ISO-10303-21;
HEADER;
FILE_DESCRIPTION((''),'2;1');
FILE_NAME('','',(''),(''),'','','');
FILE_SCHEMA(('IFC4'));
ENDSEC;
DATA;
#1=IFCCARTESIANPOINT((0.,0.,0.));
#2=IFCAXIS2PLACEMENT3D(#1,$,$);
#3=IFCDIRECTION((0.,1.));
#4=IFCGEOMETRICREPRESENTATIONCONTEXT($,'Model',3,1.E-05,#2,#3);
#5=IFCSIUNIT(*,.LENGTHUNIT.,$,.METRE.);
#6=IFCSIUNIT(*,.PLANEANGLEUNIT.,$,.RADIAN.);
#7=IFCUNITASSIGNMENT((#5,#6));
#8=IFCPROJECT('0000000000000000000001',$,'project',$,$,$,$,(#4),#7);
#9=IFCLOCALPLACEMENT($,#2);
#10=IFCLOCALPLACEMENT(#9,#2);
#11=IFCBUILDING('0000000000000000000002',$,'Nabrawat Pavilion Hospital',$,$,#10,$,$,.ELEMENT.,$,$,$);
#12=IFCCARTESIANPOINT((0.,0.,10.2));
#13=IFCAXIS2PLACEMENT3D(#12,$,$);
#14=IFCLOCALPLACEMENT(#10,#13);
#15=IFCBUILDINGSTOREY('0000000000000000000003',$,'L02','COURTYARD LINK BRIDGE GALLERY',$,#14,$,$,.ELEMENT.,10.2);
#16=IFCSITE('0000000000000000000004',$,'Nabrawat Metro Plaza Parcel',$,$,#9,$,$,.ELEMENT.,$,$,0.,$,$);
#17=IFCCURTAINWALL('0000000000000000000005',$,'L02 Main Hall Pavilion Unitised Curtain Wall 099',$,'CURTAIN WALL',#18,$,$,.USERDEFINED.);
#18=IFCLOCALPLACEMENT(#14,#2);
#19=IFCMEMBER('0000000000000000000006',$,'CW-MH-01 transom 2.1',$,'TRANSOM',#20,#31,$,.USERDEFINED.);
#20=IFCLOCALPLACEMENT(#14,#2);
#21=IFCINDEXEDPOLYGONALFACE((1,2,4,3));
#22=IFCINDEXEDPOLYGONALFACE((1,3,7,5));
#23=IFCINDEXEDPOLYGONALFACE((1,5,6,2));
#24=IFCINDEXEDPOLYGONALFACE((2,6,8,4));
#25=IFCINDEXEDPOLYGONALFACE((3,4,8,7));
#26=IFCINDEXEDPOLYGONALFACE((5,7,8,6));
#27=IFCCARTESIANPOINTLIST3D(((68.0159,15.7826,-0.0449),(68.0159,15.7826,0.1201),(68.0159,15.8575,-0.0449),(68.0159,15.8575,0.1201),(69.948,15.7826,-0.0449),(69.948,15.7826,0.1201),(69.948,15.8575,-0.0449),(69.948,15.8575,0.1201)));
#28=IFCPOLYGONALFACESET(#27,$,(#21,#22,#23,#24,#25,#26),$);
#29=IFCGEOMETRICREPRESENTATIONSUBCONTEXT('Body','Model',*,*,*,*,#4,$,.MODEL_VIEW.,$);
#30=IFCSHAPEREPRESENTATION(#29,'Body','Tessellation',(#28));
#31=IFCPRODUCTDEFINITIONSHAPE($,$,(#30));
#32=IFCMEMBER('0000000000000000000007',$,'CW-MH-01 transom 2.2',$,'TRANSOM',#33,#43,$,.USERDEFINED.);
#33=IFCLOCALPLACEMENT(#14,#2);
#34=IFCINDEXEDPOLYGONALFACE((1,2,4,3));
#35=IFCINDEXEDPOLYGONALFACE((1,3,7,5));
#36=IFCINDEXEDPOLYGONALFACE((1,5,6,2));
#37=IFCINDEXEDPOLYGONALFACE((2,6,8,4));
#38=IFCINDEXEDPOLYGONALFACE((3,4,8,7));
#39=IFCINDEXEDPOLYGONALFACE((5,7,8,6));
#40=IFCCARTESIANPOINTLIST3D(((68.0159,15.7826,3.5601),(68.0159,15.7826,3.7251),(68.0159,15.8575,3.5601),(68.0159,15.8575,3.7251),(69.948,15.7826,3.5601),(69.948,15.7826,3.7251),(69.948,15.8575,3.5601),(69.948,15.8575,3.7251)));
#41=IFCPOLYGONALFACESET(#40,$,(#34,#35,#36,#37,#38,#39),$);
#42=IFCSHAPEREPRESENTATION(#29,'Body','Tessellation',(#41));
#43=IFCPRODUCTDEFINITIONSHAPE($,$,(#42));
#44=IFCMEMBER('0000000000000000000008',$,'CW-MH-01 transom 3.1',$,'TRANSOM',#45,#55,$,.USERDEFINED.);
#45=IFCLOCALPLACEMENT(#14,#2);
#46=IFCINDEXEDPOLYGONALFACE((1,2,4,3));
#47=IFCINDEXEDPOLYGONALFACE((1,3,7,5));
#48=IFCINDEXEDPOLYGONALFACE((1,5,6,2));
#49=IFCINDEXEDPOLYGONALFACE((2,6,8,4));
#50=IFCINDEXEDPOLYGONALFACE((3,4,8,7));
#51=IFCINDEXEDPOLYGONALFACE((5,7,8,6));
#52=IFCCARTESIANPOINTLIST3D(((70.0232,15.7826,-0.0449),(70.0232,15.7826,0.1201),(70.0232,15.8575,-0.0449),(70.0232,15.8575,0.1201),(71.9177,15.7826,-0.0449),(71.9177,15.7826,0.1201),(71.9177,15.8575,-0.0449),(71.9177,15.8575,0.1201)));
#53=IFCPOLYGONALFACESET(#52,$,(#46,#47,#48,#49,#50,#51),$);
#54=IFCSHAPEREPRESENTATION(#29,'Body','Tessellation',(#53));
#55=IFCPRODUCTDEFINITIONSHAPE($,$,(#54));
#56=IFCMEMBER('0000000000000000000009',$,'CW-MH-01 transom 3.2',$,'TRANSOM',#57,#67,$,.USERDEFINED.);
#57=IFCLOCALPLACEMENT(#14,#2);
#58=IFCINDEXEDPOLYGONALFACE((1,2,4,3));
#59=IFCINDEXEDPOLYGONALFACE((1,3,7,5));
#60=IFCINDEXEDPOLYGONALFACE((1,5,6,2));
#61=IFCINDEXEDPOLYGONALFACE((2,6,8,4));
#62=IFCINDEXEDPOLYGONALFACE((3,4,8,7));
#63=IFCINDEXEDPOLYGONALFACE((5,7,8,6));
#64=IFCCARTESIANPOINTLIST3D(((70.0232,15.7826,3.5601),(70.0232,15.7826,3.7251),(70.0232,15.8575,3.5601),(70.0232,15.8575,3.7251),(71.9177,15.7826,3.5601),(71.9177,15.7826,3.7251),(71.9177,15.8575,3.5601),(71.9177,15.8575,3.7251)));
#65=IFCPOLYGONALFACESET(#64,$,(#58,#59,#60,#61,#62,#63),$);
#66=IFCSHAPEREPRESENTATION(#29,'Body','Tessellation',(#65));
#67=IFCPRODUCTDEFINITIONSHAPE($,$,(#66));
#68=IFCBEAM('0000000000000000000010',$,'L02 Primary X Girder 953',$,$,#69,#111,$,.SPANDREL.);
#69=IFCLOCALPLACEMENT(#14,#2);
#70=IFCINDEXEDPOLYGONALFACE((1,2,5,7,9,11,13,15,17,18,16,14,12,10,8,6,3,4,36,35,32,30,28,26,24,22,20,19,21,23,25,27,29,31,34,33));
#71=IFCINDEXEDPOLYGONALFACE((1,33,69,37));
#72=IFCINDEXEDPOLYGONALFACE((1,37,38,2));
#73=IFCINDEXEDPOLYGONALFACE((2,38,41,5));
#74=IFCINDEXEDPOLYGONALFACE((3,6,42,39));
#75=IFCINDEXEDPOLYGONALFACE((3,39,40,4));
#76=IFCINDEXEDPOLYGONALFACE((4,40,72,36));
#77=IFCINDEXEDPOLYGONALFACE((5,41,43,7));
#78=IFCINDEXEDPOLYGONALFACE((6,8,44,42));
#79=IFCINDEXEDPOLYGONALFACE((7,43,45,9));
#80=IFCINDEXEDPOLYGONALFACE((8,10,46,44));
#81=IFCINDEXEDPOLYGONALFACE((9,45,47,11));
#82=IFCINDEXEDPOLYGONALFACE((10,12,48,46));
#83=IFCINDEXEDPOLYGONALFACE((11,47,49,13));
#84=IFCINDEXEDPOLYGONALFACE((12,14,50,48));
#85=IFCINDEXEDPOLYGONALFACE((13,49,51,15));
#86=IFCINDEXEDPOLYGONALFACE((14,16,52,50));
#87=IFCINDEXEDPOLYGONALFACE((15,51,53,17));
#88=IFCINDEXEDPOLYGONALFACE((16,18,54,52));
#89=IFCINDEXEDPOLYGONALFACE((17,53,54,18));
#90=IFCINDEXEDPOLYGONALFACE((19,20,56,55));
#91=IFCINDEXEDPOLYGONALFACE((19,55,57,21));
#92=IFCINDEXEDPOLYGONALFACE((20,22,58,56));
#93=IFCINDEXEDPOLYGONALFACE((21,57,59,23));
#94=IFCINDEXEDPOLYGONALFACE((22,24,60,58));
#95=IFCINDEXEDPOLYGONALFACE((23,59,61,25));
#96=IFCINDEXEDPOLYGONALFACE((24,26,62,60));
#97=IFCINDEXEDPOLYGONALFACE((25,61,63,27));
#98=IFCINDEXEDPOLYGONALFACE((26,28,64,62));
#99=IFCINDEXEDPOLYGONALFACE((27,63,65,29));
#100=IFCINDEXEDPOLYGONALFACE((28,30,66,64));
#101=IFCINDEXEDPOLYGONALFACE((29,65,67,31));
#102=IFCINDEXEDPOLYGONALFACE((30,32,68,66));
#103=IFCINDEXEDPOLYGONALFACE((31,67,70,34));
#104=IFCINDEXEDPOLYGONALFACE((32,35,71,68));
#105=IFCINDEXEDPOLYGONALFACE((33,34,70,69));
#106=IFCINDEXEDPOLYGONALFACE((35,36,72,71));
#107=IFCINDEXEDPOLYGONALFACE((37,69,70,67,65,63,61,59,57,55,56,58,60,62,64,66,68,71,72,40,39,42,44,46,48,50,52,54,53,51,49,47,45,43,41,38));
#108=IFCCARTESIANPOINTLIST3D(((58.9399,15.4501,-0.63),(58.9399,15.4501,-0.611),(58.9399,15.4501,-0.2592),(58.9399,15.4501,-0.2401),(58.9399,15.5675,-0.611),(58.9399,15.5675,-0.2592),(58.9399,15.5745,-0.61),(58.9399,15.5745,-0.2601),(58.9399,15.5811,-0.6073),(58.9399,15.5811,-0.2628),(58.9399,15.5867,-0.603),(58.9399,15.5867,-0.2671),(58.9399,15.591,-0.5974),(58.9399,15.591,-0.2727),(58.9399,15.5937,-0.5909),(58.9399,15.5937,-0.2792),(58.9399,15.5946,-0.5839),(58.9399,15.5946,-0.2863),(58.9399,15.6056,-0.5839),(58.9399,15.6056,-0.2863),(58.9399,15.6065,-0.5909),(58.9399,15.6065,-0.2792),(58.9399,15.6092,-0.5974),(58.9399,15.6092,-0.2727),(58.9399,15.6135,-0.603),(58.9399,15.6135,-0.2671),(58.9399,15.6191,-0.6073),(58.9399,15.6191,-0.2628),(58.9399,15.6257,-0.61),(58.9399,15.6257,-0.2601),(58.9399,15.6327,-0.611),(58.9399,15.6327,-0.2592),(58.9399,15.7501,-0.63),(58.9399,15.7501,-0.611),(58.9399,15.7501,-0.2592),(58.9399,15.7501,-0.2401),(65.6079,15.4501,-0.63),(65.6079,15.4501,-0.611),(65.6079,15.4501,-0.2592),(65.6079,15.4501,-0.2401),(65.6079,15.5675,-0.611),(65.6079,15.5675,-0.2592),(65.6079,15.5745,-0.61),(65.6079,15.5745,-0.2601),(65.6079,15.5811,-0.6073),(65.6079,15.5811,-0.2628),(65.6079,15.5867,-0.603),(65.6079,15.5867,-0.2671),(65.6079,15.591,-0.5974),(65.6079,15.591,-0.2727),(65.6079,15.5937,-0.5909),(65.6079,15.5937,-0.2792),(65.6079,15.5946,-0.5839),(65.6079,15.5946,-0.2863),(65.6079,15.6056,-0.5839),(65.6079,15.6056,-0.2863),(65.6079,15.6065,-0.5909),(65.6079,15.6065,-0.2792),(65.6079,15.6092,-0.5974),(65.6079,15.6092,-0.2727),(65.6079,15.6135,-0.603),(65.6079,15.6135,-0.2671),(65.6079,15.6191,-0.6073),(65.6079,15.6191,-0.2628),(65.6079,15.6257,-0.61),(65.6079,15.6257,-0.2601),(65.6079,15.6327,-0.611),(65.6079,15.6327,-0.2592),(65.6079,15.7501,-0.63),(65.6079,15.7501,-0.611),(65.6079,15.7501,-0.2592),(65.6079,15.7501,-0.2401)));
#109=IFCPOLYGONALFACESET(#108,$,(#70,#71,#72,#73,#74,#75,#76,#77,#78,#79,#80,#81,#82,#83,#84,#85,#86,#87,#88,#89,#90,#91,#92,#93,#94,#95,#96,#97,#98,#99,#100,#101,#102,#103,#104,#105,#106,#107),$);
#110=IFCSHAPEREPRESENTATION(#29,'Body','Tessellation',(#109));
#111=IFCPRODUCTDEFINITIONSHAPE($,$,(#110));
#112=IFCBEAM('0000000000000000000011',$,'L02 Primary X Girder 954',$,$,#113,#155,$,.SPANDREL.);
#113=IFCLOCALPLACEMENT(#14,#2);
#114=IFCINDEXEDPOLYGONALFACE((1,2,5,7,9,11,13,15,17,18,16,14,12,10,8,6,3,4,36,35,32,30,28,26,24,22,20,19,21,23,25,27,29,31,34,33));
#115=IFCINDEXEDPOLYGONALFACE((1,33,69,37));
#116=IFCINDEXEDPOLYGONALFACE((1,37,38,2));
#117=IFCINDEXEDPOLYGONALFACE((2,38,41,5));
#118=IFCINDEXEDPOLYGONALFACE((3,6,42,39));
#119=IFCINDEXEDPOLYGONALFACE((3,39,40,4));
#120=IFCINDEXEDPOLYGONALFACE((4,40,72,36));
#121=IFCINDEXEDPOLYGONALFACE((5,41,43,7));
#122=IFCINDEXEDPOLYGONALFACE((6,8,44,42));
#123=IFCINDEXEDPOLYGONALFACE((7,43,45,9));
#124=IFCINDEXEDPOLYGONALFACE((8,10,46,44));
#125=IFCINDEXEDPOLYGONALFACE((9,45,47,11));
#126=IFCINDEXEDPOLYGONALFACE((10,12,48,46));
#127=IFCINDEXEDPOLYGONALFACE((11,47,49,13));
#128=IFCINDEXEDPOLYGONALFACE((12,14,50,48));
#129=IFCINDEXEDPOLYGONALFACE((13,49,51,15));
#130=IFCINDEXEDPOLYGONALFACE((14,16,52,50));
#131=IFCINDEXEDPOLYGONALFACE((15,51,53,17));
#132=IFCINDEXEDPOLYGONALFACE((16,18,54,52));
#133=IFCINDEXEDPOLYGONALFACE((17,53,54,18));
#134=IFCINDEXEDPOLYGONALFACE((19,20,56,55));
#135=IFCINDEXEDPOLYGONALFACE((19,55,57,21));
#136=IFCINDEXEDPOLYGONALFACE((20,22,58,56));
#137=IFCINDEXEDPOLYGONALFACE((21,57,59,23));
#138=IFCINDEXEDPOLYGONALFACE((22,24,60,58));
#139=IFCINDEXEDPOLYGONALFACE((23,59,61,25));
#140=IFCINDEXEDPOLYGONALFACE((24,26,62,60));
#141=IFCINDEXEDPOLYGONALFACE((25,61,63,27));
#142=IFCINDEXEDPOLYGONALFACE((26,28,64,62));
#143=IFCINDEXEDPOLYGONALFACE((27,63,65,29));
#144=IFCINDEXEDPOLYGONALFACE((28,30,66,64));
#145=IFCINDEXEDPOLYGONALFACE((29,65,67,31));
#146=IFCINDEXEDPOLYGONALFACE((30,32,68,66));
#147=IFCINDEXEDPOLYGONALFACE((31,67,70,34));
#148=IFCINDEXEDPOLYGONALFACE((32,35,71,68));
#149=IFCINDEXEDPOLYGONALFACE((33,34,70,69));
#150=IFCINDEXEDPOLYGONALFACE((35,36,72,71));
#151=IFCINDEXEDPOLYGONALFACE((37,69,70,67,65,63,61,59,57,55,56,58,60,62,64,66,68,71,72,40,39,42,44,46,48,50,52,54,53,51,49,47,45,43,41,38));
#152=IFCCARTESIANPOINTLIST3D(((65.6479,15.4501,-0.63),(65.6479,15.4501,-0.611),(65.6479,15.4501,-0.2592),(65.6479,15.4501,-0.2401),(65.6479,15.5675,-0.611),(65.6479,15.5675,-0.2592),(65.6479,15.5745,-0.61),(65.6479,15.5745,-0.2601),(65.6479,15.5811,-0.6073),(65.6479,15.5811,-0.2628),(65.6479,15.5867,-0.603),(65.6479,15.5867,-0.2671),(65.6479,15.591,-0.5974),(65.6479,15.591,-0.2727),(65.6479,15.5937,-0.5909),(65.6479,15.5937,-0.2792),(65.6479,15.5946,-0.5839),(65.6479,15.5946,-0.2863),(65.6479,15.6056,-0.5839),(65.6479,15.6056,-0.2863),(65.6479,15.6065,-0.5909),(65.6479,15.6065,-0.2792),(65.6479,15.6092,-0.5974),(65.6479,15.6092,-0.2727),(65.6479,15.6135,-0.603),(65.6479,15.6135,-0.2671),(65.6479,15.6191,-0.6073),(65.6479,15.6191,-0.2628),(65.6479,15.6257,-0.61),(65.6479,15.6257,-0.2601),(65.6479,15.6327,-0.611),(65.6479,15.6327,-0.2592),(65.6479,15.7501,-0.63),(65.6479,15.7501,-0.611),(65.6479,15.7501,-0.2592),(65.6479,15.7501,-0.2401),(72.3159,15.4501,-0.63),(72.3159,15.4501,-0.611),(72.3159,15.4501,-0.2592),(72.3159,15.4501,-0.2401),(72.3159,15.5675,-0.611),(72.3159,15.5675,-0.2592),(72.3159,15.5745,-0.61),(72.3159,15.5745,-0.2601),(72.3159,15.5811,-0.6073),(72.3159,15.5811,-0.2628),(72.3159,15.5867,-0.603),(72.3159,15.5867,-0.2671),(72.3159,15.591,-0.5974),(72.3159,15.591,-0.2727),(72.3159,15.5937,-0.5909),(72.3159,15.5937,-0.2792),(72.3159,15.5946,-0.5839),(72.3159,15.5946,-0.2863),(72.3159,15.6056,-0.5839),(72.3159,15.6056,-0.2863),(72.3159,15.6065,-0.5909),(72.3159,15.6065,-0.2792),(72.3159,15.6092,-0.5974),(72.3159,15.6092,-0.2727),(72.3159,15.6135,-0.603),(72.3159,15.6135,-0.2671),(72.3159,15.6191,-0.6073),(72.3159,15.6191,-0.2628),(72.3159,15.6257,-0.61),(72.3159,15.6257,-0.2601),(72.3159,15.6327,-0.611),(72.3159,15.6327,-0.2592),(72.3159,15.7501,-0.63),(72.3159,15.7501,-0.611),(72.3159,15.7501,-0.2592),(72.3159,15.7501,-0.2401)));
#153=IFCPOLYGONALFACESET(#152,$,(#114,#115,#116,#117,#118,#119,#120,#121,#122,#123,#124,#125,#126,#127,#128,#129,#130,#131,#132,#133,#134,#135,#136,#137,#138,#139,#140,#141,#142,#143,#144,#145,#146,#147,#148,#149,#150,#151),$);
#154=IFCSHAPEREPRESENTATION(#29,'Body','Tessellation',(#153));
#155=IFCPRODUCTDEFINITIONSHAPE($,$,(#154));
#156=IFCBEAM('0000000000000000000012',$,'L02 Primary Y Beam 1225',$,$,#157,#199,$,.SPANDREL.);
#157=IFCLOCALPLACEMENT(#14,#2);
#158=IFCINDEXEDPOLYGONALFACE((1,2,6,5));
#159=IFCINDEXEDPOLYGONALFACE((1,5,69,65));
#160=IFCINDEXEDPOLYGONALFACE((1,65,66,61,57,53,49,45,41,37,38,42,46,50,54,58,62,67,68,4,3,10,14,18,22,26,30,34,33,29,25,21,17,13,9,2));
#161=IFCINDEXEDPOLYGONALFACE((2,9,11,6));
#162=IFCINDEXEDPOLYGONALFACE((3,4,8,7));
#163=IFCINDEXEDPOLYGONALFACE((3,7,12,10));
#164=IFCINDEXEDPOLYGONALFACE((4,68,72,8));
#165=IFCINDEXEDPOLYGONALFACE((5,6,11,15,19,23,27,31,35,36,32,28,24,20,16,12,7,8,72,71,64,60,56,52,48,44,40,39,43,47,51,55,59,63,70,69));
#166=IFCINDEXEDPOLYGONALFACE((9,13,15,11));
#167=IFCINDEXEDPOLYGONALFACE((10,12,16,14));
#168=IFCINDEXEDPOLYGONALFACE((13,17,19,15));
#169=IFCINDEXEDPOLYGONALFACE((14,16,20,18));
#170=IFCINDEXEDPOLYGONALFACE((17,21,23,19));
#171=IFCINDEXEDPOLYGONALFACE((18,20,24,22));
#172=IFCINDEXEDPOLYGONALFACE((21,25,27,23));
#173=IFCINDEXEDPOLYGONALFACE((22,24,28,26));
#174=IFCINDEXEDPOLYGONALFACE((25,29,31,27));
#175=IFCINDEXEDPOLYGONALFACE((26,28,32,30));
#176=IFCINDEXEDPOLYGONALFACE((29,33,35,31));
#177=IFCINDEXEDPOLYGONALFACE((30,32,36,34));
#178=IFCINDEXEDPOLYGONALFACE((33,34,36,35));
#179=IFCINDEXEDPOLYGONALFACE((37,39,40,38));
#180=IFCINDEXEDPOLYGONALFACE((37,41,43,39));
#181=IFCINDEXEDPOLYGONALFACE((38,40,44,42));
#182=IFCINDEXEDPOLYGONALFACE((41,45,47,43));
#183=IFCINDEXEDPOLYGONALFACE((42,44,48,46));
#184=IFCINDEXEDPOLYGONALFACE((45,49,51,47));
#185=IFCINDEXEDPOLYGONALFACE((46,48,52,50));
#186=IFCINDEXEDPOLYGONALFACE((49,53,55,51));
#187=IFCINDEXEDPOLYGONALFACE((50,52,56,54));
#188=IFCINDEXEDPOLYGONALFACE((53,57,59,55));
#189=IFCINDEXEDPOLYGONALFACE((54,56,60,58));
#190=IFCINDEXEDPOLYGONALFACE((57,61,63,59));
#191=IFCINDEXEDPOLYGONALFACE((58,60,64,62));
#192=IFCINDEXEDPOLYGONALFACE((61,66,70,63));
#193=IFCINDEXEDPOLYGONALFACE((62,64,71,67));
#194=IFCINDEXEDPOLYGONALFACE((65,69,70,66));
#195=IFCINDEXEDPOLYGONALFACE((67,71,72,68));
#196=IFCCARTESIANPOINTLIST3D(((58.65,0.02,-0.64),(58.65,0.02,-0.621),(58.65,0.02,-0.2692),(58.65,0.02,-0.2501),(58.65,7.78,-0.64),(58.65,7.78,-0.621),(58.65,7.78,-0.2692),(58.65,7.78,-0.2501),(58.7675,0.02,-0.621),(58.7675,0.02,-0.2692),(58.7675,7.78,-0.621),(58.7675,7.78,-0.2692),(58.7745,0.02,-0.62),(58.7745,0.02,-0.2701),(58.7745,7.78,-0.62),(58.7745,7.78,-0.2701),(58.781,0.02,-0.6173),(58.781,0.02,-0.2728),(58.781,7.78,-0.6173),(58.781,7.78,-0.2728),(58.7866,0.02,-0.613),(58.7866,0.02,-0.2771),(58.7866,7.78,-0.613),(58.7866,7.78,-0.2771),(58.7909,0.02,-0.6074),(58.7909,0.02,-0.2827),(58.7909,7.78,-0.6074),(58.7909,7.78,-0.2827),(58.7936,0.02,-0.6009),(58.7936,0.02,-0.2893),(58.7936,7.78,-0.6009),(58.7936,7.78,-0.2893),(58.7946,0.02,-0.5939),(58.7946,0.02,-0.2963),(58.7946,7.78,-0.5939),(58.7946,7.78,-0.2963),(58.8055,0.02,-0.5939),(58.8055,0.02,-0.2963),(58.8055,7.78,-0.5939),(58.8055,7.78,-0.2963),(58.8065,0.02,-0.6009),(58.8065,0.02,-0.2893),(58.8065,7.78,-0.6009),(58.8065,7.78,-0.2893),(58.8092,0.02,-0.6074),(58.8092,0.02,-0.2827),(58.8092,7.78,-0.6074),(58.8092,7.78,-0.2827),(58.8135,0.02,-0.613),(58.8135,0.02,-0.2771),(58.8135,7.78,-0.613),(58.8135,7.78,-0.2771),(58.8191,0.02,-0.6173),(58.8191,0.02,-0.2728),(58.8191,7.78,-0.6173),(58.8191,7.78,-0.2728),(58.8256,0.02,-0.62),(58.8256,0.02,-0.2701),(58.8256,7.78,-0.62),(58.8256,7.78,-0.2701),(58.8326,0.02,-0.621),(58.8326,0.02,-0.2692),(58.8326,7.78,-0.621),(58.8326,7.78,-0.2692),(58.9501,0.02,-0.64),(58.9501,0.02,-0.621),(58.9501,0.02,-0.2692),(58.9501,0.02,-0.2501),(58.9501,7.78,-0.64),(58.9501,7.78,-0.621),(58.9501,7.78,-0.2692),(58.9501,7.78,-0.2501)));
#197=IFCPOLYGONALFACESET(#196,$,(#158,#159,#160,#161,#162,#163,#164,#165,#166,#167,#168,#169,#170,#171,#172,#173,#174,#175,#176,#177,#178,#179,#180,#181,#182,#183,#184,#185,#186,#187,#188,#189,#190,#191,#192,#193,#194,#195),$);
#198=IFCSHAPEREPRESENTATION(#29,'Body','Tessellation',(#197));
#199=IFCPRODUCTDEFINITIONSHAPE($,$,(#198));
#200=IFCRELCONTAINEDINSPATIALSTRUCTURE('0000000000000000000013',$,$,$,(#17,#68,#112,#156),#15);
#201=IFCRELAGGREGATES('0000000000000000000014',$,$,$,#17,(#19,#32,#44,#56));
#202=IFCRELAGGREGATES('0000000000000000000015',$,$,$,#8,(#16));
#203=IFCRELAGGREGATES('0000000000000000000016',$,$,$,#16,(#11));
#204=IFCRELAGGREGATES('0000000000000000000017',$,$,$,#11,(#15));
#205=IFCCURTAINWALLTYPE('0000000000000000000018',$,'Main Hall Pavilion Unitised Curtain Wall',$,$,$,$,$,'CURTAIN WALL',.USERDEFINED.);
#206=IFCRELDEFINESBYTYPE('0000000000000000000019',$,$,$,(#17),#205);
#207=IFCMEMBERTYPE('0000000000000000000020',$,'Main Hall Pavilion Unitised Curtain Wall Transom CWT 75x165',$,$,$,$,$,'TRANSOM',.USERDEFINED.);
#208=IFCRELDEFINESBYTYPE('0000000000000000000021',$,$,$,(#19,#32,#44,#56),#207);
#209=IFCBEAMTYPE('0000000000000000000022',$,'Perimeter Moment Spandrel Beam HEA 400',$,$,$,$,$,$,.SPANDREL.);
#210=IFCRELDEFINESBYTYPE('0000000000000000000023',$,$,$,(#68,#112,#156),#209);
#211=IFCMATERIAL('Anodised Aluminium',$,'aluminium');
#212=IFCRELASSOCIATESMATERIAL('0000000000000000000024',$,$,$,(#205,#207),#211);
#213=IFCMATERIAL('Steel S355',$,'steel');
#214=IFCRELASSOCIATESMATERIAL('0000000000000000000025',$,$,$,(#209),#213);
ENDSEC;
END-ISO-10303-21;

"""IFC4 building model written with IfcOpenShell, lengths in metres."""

from ifc_helpers import new_model, si_unit, direction, frame, origin, origin_2d, place, context, subcontext, project, spatial, rectangle, i_section, extrude, material, material_profile, profile_set, type_object, element, aggregate, save


model = new_model("IFC4")

# Units and contexts
model_context = context("Model", 3, precision=1e-05, world=origin(), true_north=direction((0.0, 1.0)))
body_context = subcontext(model_context, "Body", "Model", "MODEL_VIEW")
ifc_project = project(units=[si_unit("LENGTHUNIT", "METRE"), si_unit("PLANEANGLEUNIT", "RADIAN")], contexts=[model_context])

# Site, building, storey
site_placement = place(None, origin())
site = spatial("IfcSite", under=ifc_project, at=site_placement, Name="Nabrawat Metro Plaza Parcel", CompositionType="ELEMENT", RefElevation=0.0)
building_placement = place(site_placement, origin())
building = spatial("IfcBuilding", under=site, at=building_placement, Name="Nabrawat Pavilion Hospital", CompositionType="ELEMENT")
storey_placement = place(building_placement, frame((0.0, 0.0, 10.2)))
storey = spatial("IfcBuildingStorey", under=building, at=storey_placement, Name="L02", Description="COURTYARD LINK BRIDGE GALLERY", CompositionType="ELEMENT", Elevation=10.2)

# Shared definitions
ifc_material_1 = material(Name="Steel S355", Category="steel")

# Curtain wall
ifc_material_2 = material(Name="Anodised Aluminium", Category="aluminium")
curtain_wall_type = type_object("IfcCurtainWallType", Name="Main Hall Pavilion Unitised Curtain Wall", ElementType="CURTAIN WALL", PredefinedType="USERDEFINED", material=ifc_material_2)
curtain_wall_1_placement = place(storey_placement, origin())
curtain_wall_1 = element("IfcCurtainWall", 1, at=curtain_wall_1_placement, inside=storey, type_object=curtain_wall_type, Name="L02 Main Hall Pavilion Unitised Curtain Wall 099", ObjectType="CURTAIN WALL", PredefinedType="USERDEFINED")

# Members
ifc_material_profile_1 = material_profile(ifc_material_2, rectangle(XDim=0.075, YDim=0.165, at=origin_2d()), Name="CWT 75x165")
ifc_profile_set_1 = profile_set([ifc_material_profile_1], Name="Anodised Aluminium")
member_type_1 = type_object("IfcMemberType", Name="Main Hall Pavilion Unitised Curtain Wall Transom CWT 75x165", ElementType="TRANSOM", PredefinedType="USERDEFINED", material=ifc_profile_set_1)
member_1_placement = place(storey_placement, frame((68.0159, 15.8201, 0.0376), z_axis=(1.0, 0.0, 0.0), x_axis=(0.0, 1.0, 0.0)))
member_1 = element("IfcMember", 2, at=member_1_placement, type_object=member_type_1, Name="CW-MH-01 transom 2.1", ObjectType="TRANSOM", PredefinedType="USERDEFINED", context=body_context, shape_type="SweptSolid", body=[
    extrude(rectangle(XDim=0.075, YDim=0.165, at=origin_2d()), origin(), (0.0, 0.0, 1.0), 1.9321),
])
member_2_placement = place(storey_placement, frame((68.0159, 15.8201, 3.6426), z_axis=(1.0, 0.0, 0.0), x_axis=(0.0, 1.0, 0.0)))
member_2 = element("IfcMember", 3, at=member_2_placement, type_object=member_type_1, Name="CW-MH-01 transom 2.2", ObjectType="TRANSOM", PredefinedType="USERDEFINED", context=body_context, shape_type="SweptSolid", body=[
    extrude(rectangle(XDim=0.075, YDim=0.165, at=origin_2d()), origin(), (0.0, 0.0, 1.0), 1.9321),
])
member_3_placement = place(storey_placement, frame((70.0232, 15.8201, 0.0376), z_axis=(1.0, 0.0, 0.0), x_axis=(0.0, 1.0, 0.0)))
member_3 = element("IfcMember", 4, at=member_3_placement, type_object=member_type_1, Name="CW-MH-01 transom 3.1", ObjectType="TRANSOM", PredefinedType="USERDEFINED", context=body_context, shape_type="SweptSolid", body=[
    extrude(rectangle(XDim=0.075, YDim=0.165, at=origin_2d()), origin(), (0.0, 0.0, 1.0), 1.8945),
])
member_4_placement = place(storey_placement, frame((70.0232, 15.8201, 3.6426), z_axis=(1.0, 0.0, 0.0), x_axis=(0.0, 1.0, 0.0)))
member_4 = element("IfcMember", 5, at=member_4_placement, type_object=member_type_1, Name="CW-MH-01 transom 3.2", ObjectType="TRANSOM", PredefinedType="USERDEFINED", context=body_context, shape_type="SweptSolid", body=[
    extrude(rectangle(XDim=0.075, YDim=0.165, at=origin_2d()), origin(), (0.0, 0.0, 1.0), 1.8945),
])

# Beams
ifc_material_profile_2 = material_profile(ifc_material_1, i_section(OverallWidth=0.3, OverallDepth=0.3899, WebThickness=0.011, FlangeThickness=0.019, FilletRadius=0.0271, at=origin_2d()), Name="HEA 400")
ifc_profile_set_2 = profile_set([ifc_material_profile_2], Name="Steel S355")
beam_type_1 = type_object("IfcBeamType", Name="Perimeter Moment Spandrel Beam HEA 400", PredefinedType="SPANDREL", material=ifc_profile_set_2)
for number, where, z_axis, x_axis, name in (
    (6, (58.9399, 15.6001, -0.4351), (1.0, 0.0, 0.0), (0.0, 1.0, 0.0), "L02 Primary X Girder 953"),
    (7, (65.6479, 15.6001, -0.4351), (1.0, 0.0, 0.0), (0.0, 1.0, 0.0), "L02 Primary X Girder 954"),
):
    element("IfcBeam", number, at=place(storey_placement, frame(where, z_axis=z_axis, x_axis=x_axis)), inside=storey, type_object=beam_type_1, Name=name, PredefinedType="SPANDREL", context=body_context, shape_type="SweptSolid", body=[
        extrude(i_section(OverallWidth=0.3, OverallDepth=0.3899, WebThickness=0.011, FlangeThickness=0.019, FilletRadius=0.0271, at=origin_2d()), origin(), (0.0, 0.0, 1.0), 6.668),
    ])
beam_1_placement = place(storey_placement, frame((58.8, 0.02, -0.4451), z_axis=(0.0, 1.0, 0.0), x_axis=(-1.0, 0.0, 0.0)))
element("IfcBeam", 8, at=beam_1_placement, inside=storey, type_object=beam_type_1, Name="L02 Primary Y Beam 1225", PredefinedType="SPANDREL", context=body_context, shape_type="SweptSolid", body=[
    extrude(i_section(OverallWidth=0.3, OverallDepth=0.3899, WebThickness=0.011, FlangeThickness=0.019, FilletRadius=0.0271, at=origin_2d()), origin(), (0.0, 0.0, 1.0), 7.76),
])

aggregate(curtain_wall_1, [member_1, member_2, member_3, member_4])

save(model, "model.ifc")
